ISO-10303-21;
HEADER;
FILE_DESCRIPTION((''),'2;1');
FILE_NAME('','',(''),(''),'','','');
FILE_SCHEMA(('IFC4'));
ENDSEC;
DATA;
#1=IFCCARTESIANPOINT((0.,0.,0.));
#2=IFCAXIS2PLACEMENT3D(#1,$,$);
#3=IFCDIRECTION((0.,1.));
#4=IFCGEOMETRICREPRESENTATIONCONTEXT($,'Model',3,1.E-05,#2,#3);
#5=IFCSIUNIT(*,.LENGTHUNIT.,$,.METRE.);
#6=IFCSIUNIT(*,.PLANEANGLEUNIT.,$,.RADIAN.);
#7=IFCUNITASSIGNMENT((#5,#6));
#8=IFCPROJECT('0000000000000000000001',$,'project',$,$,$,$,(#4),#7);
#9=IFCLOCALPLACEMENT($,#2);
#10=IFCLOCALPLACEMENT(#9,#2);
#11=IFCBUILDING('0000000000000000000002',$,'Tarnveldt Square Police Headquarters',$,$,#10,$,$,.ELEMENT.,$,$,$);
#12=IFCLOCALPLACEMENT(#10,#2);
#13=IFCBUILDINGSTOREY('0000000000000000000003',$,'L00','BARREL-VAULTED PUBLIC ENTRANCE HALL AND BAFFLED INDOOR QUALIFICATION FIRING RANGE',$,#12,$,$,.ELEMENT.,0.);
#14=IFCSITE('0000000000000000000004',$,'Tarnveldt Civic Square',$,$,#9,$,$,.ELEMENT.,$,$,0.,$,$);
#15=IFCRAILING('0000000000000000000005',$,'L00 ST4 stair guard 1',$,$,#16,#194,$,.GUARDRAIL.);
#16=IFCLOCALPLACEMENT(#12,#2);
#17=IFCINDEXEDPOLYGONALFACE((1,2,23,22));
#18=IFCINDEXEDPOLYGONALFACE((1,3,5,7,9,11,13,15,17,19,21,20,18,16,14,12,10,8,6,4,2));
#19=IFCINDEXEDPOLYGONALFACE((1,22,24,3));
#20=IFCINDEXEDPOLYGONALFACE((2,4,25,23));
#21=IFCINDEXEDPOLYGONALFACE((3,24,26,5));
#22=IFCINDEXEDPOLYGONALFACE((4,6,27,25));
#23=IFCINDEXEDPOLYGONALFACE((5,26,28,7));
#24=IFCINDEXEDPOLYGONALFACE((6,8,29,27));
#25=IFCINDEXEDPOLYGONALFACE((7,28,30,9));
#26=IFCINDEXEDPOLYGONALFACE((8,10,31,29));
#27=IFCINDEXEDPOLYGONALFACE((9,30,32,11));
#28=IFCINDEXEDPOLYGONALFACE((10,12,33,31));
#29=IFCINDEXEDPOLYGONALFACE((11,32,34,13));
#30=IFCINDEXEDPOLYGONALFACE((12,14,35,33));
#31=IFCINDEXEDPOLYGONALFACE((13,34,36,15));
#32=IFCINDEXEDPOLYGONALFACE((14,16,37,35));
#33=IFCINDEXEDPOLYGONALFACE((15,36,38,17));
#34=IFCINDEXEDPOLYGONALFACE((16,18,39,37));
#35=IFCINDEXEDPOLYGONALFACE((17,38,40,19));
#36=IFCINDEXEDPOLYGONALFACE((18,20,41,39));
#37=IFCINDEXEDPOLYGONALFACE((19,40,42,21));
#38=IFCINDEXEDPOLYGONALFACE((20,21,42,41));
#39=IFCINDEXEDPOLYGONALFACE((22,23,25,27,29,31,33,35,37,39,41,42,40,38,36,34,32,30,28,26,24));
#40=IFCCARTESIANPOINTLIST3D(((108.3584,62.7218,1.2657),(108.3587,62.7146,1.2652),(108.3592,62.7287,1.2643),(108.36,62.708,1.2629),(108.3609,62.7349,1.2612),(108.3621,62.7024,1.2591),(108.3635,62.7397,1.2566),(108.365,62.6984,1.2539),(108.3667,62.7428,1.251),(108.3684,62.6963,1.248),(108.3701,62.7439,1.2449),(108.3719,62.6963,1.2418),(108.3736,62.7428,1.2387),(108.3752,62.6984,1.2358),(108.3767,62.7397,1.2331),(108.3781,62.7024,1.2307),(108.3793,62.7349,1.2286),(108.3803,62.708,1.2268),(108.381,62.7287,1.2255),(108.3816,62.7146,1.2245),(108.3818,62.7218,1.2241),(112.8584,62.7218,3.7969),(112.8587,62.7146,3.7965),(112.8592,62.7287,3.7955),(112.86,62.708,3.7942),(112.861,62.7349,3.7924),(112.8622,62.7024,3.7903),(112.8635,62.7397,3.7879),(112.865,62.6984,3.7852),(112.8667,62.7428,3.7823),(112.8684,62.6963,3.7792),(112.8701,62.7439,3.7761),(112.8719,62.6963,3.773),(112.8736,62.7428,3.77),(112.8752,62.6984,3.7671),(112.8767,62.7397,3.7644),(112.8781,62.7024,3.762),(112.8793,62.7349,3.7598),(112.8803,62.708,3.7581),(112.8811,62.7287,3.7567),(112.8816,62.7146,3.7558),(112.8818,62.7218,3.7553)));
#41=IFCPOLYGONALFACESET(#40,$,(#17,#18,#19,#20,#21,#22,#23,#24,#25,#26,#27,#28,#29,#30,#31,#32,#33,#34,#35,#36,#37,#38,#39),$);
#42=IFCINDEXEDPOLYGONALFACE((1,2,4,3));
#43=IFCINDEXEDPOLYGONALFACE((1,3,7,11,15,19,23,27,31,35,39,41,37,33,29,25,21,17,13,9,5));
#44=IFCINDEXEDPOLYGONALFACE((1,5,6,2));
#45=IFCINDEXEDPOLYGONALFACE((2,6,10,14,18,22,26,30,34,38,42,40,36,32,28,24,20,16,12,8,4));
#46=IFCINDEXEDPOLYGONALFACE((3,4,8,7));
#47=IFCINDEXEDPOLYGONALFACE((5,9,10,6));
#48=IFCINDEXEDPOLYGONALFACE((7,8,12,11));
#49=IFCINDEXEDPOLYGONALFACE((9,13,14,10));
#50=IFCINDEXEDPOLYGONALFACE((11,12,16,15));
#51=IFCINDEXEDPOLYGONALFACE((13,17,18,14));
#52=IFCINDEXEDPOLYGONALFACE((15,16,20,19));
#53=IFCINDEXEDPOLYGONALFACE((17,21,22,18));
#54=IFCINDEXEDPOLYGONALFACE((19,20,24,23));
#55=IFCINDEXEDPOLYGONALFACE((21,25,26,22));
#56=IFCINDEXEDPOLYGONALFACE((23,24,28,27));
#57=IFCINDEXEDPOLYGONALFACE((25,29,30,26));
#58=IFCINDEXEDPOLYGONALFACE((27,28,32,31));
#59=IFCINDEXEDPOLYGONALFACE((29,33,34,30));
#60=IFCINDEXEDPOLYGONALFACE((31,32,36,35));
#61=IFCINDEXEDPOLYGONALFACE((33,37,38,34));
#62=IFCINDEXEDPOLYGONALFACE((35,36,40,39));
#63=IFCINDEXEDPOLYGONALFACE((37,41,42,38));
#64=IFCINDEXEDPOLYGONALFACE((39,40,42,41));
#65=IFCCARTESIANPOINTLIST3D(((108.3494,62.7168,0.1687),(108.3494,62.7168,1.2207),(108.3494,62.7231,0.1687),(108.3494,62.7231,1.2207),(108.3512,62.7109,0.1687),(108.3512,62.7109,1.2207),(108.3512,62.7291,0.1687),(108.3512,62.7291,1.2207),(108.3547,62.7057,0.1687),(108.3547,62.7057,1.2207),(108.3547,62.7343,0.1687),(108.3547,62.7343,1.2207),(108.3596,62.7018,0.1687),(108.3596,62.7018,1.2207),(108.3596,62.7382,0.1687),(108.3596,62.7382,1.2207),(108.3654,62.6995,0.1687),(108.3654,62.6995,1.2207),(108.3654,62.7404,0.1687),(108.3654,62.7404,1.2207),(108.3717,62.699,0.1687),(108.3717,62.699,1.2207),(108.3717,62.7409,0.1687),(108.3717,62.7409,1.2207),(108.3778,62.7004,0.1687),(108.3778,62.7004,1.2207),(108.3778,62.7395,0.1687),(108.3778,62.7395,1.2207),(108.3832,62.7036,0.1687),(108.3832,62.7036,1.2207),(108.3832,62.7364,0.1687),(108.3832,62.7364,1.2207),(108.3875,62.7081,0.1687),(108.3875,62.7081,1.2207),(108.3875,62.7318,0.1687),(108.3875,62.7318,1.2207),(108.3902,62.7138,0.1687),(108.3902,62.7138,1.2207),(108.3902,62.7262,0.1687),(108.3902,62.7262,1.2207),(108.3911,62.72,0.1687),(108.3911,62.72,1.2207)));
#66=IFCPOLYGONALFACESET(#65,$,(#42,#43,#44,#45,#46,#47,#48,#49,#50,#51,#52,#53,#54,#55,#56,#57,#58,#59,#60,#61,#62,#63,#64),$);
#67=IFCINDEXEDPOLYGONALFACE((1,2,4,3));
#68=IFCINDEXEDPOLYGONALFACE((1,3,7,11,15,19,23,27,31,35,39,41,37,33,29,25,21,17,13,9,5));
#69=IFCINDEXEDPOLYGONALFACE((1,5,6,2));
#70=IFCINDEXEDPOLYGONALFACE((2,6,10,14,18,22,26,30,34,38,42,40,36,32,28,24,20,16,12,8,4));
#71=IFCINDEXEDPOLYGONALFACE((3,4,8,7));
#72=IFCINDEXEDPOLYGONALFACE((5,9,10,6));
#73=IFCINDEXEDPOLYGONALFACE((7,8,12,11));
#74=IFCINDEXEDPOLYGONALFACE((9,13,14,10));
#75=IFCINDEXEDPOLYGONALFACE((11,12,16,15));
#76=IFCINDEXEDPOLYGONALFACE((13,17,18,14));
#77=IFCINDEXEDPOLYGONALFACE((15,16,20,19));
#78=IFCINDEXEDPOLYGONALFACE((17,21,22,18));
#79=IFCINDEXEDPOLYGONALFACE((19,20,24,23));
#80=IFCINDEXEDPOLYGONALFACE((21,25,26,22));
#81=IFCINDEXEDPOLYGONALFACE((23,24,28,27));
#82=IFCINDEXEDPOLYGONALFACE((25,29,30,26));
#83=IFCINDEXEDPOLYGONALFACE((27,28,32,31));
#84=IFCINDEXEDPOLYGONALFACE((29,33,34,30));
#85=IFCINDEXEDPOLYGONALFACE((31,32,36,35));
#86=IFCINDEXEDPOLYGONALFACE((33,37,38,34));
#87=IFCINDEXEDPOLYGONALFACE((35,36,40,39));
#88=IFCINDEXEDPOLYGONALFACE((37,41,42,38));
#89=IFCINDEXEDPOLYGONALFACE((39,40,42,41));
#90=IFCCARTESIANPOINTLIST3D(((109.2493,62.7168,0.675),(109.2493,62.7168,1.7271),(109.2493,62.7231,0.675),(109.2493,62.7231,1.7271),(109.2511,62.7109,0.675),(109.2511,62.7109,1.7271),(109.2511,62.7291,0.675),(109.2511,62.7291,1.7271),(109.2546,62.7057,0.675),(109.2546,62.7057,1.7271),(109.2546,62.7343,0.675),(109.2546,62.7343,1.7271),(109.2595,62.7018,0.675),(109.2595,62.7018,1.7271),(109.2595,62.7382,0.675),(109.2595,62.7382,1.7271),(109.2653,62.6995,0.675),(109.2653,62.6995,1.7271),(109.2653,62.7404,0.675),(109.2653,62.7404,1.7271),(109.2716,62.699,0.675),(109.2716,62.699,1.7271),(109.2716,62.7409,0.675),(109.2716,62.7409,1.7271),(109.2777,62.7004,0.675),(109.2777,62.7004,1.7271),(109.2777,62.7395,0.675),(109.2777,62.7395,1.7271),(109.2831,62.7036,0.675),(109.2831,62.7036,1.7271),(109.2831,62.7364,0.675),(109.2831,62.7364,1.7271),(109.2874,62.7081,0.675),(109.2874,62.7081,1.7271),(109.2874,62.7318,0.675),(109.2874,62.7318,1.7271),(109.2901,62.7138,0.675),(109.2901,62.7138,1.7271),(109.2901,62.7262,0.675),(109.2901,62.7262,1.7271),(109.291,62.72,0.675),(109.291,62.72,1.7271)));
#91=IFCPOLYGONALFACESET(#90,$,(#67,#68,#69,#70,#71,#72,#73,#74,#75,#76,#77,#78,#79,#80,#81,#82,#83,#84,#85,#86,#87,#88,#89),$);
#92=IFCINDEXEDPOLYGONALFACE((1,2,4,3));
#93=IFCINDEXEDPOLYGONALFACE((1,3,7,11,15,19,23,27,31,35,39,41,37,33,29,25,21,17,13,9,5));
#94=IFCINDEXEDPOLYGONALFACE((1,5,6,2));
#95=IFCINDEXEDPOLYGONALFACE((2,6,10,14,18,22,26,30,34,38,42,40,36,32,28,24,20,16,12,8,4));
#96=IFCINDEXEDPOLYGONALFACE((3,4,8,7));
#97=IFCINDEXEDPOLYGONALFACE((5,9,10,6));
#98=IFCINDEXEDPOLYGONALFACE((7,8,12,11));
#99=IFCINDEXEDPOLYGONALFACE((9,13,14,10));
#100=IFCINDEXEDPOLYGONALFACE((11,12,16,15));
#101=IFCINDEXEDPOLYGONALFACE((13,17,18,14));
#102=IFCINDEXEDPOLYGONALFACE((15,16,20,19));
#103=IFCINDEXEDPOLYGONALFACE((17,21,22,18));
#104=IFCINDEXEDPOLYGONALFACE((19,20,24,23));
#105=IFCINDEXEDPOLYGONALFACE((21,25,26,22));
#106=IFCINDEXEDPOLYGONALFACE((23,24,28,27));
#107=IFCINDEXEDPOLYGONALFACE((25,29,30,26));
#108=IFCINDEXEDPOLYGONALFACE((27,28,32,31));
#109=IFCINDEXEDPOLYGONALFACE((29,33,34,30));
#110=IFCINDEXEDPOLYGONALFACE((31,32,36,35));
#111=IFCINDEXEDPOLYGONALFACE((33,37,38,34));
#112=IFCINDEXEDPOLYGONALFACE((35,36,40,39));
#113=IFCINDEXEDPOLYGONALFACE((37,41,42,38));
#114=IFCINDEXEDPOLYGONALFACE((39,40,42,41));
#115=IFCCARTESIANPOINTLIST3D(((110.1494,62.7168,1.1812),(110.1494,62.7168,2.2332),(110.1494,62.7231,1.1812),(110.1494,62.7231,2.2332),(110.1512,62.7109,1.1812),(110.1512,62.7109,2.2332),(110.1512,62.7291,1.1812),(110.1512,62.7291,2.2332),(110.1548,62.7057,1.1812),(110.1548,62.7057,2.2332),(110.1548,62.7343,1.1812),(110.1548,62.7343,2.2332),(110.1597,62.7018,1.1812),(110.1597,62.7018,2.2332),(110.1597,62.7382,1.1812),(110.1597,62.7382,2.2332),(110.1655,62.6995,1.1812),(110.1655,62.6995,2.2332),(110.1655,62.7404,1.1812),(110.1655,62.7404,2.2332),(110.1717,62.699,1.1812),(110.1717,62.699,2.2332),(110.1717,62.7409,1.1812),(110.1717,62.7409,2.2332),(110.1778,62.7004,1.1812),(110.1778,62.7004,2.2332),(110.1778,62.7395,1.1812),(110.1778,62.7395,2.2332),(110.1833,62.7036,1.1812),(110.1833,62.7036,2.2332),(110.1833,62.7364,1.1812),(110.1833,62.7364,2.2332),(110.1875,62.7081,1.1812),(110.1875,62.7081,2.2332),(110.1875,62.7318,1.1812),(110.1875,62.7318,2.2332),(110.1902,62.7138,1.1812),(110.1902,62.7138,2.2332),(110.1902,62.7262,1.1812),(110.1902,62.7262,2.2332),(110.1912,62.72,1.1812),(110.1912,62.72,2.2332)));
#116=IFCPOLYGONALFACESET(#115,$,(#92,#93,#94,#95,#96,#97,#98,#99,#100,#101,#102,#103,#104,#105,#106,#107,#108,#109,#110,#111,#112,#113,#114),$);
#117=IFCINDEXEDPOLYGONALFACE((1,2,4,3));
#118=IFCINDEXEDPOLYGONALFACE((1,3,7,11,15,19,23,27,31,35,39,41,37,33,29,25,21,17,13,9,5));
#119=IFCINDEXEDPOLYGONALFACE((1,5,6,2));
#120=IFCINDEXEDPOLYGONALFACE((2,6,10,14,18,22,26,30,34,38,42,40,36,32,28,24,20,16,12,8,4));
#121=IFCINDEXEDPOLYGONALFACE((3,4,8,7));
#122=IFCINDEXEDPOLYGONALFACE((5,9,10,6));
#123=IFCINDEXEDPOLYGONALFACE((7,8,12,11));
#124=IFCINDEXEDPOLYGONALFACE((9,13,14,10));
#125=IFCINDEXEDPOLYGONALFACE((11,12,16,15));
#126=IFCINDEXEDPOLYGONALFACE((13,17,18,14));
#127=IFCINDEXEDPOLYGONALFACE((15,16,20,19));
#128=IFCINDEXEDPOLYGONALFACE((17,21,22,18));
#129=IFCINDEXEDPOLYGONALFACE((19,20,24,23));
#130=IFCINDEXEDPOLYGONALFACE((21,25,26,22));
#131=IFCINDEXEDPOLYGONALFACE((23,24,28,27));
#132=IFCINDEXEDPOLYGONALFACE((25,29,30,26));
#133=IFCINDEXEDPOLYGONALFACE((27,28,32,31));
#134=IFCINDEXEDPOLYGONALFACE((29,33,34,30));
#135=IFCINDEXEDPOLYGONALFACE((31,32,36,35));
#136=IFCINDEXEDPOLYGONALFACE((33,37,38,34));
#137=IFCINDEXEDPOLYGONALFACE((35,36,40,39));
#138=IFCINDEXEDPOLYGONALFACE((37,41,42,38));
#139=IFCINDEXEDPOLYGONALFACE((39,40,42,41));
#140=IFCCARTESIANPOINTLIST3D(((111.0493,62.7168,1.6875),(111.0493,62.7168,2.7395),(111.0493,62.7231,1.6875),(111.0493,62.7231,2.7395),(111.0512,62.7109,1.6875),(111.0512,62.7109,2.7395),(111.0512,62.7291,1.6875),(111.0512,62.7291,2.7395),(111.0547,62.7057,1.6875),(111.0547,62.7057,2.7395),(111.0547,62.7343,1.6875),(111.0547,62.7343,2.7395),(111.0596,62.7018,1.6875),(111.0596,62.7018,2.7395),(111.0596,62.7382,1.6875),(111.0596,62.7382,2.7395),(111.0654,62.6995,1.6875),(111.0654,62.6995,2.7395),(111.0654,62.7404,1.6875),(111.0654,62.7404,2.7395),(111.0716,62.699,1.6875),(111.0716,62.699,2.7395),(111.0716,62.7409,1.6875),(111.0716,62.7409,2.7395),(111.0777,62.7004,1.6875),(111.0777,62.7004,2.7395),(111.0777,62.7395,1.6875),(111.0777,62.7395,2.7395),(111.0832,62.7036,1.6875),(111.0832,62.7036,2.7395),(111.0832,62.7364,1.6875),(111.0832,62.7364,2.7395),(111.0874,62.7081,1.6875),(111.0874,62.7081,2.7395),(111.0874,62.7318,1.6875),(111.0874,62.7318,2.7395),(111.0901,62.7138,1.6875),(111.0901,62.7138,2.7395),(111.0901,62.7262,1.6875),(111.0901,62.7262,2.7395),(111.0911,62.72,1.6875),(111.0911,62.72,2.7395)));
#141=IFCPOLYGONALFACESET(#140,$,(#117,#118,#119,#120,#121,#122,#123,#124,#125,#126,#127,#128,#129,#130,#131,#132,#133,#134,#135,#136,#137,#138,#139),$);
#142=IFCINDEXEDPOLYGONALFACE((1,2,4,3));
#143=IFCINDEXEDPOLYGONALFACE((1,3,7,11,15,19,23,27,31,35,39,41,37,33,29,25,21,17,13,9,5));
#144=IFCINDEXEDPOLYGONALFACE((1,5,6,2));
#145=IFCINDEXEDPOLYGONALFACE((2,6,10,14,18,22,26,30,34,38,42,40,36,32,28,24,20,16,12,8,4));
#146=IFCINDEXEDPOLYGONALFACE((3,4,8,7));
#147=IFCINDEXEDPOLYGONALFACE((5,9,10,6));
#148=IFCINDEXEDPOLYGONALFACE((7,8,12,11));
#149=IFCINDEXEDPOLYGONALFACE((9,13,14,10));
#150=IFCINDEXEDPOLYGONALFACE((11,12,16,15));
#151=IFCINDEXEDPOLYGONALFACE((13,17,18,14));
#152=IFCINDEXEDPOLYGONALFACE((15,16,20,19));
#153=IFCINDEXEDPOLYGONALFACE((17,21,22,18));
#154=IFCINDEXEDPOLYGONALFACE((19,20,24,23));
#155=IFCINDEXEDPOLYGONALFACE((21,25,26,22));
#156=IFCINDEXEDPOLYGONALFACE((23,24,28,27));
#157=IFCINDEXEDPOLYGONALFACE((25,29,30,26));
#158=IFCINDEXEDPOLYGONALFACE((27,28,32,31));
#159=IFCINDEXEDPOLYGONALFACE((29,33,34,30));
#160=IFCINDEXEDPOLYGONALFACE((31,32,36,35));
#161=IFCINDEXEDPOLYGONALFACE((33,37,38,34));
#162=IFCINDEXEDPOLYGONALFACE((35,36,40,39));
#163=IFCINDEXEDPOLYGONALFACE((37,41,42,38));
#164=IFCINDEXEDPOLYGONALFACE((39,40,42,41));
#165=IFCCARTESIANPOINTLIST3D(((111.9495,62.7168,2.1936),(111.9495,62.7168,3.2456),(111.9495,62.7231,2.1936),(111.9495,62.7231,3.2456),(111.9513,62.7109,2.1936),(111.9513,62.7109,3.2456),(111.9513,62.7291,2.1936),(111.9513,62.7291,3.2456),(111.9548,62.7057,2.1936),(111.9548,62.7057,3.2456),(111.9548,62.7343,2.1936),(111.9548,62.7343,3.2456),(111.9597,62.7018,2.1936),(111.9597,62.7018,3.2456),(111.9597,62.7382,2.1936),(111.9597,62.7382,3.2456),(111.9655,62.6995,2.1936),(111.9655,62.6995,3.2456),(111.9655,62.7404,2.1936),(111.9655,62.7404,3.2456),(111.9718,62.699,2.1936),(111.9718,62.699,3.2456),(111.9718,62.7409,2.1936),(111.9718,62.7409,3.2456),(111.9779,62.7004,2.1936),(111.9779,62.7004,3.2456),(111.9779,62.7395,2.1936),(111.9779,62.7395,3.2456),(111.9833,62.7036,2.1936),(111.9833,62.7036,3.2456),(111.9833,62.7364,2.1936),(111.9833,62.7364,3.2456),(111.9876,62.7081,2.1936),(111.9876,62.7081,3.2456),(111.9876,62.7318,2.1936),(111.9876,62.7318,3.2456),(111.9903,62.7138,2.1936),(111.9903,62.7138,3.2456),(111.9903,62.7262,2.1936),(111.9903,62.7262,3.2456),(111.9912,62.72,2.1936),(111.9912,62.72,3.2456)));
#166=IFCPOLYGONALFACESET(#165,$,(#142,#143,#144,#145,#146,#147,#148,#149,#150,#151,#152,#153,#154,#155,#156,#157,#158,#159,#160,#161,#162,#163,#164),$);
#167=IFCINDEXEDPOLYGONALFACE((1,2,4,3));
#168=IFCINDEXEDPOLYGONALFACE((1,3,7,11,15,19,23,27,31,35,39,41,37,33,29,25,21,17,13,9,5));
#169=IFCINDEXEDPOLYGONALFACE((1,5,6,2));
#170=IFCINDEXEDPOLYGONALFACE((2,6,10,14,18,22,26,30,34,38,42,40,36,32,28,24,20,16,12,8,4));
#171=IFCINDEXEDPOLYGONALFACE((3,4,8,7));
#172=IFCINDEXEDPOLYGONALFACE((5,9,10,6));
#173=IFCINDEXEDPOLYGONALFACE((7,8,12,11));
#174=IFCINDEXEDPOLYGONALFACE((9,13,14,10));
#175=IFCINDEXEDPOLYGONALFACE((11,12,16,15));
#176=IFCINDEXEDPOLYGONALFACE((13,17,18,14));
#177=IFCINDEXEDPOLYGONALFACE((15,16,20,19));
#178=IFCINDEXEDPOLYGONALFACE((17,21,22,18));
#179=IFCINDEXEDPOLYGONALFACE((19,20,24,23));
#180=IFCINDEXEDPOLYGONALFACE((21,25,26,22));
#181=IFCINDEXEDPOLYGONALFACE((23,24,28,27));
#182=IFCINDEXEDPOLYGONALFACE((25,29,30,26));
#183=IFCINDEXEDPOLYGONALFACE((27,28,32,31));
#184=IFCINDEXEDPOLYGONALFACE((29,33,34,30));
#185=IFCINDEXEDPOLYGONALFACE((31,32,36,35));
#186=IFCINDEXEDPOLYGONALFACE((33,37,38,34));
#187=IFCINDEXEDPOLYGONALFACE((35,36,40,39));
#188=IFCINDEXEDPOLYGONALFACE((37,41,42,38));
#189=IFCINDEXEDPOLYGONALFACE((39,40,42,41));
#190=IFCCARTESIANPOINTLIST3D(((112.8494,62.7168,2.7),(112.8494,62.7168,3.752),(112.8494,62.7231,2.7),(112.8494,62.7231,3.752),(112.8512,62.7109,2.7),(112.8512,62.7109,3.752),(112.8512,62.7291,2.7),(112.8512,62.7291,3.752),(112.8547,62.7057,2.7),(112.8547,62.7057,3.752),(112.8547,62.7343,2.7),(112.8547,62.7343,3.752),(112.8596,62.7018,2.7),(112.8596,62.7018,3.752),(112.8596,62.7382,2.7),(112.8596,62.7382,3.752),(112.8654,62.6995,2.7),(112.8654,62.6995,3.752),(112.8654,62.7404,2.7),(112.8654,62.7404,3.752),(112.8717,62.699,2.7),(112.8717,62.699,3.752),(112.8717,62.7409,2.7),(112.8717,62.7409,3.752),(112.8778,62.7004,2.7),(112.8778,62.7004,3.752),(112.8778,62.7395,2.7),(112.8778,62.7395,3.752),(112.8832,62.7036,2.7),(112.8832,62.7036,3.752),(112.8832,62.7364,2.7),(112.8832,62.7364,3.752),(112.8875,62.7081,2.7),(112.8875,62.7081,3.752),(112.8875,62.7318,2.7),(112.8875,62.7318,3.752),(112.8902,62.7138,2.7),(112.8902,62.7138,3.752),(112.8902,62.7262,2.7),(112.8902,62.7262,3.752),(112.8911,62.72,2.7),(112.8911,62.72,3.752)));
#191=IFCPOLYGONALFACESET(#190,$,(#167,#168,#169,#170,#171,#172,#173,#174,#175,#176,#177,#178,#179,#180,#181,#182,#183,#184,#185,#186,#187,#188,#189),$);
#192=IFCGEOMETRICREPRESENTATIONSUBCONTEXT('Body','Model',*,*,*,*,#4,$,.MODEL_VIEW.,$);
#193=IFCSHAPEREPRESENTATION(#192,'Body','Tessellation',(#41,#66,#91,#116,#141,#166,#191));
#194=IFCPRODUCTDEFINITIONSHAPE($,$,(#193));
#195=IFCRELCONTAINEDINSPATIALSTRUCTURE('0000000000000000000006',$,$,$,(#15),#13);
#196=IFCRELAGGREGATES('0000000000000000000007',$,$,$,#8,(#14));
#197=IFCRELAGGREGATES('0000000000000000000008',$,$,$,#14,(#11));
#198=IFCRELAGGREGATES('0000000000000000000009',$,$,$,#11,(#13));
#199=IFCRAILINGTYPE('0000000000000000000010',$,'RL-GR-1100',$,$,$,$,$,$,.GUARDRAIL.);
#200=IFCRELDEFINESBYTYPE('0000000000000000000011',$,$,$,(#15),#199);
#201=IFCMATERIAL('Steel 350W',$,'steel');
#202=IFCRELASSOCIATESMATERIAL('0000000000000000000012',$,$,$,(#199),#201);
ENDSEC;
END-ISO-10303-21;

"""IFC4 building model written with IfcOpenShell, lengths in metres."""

from ifc_helpers import new_model, si_unit, direction, frame, origin, origin_2d, place, context, subcontext, project, spatial, circle, extrude, material, type_object, element, save


model = new_model("IFC4")

# Units and contexts
model_context = context("Model", 3, precision=1e-05, world=origin(), true_north=direction((0.0, 1.0)))
body_context = subcontext(model_context, "Body", "Model", "MODEL_VIEW")
ifc_project = project(units=[si_unit("LENGTHUNIT", "METRE"), si_unit("PLANEANGLEUNIT", "RADIAN")], contexts=[model_context])

# Site, building, storey
site_placement = place(None, origin())
site = spatial("IfcSite", under=ifc_project, at=site_placement, Name="Tarnveldt Civic Square", CompositionType="ELEMENT", RefElevation=0.0)
building_placement = place(site_placement, origin())
building = spatial("IfcBuilding", under=site, at=building_placement, Name="Tarnveldt Square Police Headquarters", CompositionType="ELEMENT")
storey_placement = place(building_placement, origin())
storey = spatial("IfcBuildingStorey", under=building, at=storey_placement, Name="L00", Description="BARREL-VAULTED PUBLIC ENTRANCE HALL AND BAFFLED INDOOR QUALIFICATION FIRING RANGE", CompositionType="ELEMENT", Elevation=0.0)

# Railing
ifc_material_1 = material(Name="Steel 350W", Category="steel")
railing_type_1 = type_object("IfcRailingType", Name="RL-GR-1100", PredefinedType="GUARDRAIL", material=ifc_material_1)
railing_1_placement = place(storey_placement, frame((108.3701, 62.72, 0.1687)))
element("IfcRailing", 1, at=railing_1_placement, inside=storey, type_object=railing_type_1, Name="L00 ST4 stair guard 1", PredefinedType="GUARDRAIL", context=body_context, shape_type="SweptSolid", body=[
    extrude(circle(Radius=0.0239, at=origin_2d()), frame((0.0, 0.0, 1.0762), z_axis=(0.871576, 0.0, 0.490261), x_axis=(0.0, 1.0, 0.0)), (0.0, 0.0, 1.0), 5.1631),
    extrude(circle(Radius=0.021, at=origin_2d()), origin(), (0.0, 0.0, 1.0), 1.052),
    extrude(circle(Radius=0.021, at=origin_2d()), frame((0.8999, 0.0, 0.5063)), (0.0, 0.0, 1.0), 1.052),
    extrude(circle(Radius=0.021, at=origin_2d()), frame((1.8, 0.0, 1.0125)), (0.0, 0.0, 1.0), 1.052),
    extrude(circle(Radius=0.021, at=origin_2d()), frame((2.7, 0.0, 1.5188)), (0.0, 0.0, 1.0), 1.052),
    extrude(circle(Radius=0.021, at=origin_2d()), frame((3.6001, 0.0, 2.0249)), (0.0, 0.0, 1.0), 1.052),
    extrude(circle(Radius=0.021, at=origin_2d()), frame((4.5, 0.0, 2.5312)), (0.0, 0.0, 1.0), 1.052),
])

save(model, "model.ifc")
